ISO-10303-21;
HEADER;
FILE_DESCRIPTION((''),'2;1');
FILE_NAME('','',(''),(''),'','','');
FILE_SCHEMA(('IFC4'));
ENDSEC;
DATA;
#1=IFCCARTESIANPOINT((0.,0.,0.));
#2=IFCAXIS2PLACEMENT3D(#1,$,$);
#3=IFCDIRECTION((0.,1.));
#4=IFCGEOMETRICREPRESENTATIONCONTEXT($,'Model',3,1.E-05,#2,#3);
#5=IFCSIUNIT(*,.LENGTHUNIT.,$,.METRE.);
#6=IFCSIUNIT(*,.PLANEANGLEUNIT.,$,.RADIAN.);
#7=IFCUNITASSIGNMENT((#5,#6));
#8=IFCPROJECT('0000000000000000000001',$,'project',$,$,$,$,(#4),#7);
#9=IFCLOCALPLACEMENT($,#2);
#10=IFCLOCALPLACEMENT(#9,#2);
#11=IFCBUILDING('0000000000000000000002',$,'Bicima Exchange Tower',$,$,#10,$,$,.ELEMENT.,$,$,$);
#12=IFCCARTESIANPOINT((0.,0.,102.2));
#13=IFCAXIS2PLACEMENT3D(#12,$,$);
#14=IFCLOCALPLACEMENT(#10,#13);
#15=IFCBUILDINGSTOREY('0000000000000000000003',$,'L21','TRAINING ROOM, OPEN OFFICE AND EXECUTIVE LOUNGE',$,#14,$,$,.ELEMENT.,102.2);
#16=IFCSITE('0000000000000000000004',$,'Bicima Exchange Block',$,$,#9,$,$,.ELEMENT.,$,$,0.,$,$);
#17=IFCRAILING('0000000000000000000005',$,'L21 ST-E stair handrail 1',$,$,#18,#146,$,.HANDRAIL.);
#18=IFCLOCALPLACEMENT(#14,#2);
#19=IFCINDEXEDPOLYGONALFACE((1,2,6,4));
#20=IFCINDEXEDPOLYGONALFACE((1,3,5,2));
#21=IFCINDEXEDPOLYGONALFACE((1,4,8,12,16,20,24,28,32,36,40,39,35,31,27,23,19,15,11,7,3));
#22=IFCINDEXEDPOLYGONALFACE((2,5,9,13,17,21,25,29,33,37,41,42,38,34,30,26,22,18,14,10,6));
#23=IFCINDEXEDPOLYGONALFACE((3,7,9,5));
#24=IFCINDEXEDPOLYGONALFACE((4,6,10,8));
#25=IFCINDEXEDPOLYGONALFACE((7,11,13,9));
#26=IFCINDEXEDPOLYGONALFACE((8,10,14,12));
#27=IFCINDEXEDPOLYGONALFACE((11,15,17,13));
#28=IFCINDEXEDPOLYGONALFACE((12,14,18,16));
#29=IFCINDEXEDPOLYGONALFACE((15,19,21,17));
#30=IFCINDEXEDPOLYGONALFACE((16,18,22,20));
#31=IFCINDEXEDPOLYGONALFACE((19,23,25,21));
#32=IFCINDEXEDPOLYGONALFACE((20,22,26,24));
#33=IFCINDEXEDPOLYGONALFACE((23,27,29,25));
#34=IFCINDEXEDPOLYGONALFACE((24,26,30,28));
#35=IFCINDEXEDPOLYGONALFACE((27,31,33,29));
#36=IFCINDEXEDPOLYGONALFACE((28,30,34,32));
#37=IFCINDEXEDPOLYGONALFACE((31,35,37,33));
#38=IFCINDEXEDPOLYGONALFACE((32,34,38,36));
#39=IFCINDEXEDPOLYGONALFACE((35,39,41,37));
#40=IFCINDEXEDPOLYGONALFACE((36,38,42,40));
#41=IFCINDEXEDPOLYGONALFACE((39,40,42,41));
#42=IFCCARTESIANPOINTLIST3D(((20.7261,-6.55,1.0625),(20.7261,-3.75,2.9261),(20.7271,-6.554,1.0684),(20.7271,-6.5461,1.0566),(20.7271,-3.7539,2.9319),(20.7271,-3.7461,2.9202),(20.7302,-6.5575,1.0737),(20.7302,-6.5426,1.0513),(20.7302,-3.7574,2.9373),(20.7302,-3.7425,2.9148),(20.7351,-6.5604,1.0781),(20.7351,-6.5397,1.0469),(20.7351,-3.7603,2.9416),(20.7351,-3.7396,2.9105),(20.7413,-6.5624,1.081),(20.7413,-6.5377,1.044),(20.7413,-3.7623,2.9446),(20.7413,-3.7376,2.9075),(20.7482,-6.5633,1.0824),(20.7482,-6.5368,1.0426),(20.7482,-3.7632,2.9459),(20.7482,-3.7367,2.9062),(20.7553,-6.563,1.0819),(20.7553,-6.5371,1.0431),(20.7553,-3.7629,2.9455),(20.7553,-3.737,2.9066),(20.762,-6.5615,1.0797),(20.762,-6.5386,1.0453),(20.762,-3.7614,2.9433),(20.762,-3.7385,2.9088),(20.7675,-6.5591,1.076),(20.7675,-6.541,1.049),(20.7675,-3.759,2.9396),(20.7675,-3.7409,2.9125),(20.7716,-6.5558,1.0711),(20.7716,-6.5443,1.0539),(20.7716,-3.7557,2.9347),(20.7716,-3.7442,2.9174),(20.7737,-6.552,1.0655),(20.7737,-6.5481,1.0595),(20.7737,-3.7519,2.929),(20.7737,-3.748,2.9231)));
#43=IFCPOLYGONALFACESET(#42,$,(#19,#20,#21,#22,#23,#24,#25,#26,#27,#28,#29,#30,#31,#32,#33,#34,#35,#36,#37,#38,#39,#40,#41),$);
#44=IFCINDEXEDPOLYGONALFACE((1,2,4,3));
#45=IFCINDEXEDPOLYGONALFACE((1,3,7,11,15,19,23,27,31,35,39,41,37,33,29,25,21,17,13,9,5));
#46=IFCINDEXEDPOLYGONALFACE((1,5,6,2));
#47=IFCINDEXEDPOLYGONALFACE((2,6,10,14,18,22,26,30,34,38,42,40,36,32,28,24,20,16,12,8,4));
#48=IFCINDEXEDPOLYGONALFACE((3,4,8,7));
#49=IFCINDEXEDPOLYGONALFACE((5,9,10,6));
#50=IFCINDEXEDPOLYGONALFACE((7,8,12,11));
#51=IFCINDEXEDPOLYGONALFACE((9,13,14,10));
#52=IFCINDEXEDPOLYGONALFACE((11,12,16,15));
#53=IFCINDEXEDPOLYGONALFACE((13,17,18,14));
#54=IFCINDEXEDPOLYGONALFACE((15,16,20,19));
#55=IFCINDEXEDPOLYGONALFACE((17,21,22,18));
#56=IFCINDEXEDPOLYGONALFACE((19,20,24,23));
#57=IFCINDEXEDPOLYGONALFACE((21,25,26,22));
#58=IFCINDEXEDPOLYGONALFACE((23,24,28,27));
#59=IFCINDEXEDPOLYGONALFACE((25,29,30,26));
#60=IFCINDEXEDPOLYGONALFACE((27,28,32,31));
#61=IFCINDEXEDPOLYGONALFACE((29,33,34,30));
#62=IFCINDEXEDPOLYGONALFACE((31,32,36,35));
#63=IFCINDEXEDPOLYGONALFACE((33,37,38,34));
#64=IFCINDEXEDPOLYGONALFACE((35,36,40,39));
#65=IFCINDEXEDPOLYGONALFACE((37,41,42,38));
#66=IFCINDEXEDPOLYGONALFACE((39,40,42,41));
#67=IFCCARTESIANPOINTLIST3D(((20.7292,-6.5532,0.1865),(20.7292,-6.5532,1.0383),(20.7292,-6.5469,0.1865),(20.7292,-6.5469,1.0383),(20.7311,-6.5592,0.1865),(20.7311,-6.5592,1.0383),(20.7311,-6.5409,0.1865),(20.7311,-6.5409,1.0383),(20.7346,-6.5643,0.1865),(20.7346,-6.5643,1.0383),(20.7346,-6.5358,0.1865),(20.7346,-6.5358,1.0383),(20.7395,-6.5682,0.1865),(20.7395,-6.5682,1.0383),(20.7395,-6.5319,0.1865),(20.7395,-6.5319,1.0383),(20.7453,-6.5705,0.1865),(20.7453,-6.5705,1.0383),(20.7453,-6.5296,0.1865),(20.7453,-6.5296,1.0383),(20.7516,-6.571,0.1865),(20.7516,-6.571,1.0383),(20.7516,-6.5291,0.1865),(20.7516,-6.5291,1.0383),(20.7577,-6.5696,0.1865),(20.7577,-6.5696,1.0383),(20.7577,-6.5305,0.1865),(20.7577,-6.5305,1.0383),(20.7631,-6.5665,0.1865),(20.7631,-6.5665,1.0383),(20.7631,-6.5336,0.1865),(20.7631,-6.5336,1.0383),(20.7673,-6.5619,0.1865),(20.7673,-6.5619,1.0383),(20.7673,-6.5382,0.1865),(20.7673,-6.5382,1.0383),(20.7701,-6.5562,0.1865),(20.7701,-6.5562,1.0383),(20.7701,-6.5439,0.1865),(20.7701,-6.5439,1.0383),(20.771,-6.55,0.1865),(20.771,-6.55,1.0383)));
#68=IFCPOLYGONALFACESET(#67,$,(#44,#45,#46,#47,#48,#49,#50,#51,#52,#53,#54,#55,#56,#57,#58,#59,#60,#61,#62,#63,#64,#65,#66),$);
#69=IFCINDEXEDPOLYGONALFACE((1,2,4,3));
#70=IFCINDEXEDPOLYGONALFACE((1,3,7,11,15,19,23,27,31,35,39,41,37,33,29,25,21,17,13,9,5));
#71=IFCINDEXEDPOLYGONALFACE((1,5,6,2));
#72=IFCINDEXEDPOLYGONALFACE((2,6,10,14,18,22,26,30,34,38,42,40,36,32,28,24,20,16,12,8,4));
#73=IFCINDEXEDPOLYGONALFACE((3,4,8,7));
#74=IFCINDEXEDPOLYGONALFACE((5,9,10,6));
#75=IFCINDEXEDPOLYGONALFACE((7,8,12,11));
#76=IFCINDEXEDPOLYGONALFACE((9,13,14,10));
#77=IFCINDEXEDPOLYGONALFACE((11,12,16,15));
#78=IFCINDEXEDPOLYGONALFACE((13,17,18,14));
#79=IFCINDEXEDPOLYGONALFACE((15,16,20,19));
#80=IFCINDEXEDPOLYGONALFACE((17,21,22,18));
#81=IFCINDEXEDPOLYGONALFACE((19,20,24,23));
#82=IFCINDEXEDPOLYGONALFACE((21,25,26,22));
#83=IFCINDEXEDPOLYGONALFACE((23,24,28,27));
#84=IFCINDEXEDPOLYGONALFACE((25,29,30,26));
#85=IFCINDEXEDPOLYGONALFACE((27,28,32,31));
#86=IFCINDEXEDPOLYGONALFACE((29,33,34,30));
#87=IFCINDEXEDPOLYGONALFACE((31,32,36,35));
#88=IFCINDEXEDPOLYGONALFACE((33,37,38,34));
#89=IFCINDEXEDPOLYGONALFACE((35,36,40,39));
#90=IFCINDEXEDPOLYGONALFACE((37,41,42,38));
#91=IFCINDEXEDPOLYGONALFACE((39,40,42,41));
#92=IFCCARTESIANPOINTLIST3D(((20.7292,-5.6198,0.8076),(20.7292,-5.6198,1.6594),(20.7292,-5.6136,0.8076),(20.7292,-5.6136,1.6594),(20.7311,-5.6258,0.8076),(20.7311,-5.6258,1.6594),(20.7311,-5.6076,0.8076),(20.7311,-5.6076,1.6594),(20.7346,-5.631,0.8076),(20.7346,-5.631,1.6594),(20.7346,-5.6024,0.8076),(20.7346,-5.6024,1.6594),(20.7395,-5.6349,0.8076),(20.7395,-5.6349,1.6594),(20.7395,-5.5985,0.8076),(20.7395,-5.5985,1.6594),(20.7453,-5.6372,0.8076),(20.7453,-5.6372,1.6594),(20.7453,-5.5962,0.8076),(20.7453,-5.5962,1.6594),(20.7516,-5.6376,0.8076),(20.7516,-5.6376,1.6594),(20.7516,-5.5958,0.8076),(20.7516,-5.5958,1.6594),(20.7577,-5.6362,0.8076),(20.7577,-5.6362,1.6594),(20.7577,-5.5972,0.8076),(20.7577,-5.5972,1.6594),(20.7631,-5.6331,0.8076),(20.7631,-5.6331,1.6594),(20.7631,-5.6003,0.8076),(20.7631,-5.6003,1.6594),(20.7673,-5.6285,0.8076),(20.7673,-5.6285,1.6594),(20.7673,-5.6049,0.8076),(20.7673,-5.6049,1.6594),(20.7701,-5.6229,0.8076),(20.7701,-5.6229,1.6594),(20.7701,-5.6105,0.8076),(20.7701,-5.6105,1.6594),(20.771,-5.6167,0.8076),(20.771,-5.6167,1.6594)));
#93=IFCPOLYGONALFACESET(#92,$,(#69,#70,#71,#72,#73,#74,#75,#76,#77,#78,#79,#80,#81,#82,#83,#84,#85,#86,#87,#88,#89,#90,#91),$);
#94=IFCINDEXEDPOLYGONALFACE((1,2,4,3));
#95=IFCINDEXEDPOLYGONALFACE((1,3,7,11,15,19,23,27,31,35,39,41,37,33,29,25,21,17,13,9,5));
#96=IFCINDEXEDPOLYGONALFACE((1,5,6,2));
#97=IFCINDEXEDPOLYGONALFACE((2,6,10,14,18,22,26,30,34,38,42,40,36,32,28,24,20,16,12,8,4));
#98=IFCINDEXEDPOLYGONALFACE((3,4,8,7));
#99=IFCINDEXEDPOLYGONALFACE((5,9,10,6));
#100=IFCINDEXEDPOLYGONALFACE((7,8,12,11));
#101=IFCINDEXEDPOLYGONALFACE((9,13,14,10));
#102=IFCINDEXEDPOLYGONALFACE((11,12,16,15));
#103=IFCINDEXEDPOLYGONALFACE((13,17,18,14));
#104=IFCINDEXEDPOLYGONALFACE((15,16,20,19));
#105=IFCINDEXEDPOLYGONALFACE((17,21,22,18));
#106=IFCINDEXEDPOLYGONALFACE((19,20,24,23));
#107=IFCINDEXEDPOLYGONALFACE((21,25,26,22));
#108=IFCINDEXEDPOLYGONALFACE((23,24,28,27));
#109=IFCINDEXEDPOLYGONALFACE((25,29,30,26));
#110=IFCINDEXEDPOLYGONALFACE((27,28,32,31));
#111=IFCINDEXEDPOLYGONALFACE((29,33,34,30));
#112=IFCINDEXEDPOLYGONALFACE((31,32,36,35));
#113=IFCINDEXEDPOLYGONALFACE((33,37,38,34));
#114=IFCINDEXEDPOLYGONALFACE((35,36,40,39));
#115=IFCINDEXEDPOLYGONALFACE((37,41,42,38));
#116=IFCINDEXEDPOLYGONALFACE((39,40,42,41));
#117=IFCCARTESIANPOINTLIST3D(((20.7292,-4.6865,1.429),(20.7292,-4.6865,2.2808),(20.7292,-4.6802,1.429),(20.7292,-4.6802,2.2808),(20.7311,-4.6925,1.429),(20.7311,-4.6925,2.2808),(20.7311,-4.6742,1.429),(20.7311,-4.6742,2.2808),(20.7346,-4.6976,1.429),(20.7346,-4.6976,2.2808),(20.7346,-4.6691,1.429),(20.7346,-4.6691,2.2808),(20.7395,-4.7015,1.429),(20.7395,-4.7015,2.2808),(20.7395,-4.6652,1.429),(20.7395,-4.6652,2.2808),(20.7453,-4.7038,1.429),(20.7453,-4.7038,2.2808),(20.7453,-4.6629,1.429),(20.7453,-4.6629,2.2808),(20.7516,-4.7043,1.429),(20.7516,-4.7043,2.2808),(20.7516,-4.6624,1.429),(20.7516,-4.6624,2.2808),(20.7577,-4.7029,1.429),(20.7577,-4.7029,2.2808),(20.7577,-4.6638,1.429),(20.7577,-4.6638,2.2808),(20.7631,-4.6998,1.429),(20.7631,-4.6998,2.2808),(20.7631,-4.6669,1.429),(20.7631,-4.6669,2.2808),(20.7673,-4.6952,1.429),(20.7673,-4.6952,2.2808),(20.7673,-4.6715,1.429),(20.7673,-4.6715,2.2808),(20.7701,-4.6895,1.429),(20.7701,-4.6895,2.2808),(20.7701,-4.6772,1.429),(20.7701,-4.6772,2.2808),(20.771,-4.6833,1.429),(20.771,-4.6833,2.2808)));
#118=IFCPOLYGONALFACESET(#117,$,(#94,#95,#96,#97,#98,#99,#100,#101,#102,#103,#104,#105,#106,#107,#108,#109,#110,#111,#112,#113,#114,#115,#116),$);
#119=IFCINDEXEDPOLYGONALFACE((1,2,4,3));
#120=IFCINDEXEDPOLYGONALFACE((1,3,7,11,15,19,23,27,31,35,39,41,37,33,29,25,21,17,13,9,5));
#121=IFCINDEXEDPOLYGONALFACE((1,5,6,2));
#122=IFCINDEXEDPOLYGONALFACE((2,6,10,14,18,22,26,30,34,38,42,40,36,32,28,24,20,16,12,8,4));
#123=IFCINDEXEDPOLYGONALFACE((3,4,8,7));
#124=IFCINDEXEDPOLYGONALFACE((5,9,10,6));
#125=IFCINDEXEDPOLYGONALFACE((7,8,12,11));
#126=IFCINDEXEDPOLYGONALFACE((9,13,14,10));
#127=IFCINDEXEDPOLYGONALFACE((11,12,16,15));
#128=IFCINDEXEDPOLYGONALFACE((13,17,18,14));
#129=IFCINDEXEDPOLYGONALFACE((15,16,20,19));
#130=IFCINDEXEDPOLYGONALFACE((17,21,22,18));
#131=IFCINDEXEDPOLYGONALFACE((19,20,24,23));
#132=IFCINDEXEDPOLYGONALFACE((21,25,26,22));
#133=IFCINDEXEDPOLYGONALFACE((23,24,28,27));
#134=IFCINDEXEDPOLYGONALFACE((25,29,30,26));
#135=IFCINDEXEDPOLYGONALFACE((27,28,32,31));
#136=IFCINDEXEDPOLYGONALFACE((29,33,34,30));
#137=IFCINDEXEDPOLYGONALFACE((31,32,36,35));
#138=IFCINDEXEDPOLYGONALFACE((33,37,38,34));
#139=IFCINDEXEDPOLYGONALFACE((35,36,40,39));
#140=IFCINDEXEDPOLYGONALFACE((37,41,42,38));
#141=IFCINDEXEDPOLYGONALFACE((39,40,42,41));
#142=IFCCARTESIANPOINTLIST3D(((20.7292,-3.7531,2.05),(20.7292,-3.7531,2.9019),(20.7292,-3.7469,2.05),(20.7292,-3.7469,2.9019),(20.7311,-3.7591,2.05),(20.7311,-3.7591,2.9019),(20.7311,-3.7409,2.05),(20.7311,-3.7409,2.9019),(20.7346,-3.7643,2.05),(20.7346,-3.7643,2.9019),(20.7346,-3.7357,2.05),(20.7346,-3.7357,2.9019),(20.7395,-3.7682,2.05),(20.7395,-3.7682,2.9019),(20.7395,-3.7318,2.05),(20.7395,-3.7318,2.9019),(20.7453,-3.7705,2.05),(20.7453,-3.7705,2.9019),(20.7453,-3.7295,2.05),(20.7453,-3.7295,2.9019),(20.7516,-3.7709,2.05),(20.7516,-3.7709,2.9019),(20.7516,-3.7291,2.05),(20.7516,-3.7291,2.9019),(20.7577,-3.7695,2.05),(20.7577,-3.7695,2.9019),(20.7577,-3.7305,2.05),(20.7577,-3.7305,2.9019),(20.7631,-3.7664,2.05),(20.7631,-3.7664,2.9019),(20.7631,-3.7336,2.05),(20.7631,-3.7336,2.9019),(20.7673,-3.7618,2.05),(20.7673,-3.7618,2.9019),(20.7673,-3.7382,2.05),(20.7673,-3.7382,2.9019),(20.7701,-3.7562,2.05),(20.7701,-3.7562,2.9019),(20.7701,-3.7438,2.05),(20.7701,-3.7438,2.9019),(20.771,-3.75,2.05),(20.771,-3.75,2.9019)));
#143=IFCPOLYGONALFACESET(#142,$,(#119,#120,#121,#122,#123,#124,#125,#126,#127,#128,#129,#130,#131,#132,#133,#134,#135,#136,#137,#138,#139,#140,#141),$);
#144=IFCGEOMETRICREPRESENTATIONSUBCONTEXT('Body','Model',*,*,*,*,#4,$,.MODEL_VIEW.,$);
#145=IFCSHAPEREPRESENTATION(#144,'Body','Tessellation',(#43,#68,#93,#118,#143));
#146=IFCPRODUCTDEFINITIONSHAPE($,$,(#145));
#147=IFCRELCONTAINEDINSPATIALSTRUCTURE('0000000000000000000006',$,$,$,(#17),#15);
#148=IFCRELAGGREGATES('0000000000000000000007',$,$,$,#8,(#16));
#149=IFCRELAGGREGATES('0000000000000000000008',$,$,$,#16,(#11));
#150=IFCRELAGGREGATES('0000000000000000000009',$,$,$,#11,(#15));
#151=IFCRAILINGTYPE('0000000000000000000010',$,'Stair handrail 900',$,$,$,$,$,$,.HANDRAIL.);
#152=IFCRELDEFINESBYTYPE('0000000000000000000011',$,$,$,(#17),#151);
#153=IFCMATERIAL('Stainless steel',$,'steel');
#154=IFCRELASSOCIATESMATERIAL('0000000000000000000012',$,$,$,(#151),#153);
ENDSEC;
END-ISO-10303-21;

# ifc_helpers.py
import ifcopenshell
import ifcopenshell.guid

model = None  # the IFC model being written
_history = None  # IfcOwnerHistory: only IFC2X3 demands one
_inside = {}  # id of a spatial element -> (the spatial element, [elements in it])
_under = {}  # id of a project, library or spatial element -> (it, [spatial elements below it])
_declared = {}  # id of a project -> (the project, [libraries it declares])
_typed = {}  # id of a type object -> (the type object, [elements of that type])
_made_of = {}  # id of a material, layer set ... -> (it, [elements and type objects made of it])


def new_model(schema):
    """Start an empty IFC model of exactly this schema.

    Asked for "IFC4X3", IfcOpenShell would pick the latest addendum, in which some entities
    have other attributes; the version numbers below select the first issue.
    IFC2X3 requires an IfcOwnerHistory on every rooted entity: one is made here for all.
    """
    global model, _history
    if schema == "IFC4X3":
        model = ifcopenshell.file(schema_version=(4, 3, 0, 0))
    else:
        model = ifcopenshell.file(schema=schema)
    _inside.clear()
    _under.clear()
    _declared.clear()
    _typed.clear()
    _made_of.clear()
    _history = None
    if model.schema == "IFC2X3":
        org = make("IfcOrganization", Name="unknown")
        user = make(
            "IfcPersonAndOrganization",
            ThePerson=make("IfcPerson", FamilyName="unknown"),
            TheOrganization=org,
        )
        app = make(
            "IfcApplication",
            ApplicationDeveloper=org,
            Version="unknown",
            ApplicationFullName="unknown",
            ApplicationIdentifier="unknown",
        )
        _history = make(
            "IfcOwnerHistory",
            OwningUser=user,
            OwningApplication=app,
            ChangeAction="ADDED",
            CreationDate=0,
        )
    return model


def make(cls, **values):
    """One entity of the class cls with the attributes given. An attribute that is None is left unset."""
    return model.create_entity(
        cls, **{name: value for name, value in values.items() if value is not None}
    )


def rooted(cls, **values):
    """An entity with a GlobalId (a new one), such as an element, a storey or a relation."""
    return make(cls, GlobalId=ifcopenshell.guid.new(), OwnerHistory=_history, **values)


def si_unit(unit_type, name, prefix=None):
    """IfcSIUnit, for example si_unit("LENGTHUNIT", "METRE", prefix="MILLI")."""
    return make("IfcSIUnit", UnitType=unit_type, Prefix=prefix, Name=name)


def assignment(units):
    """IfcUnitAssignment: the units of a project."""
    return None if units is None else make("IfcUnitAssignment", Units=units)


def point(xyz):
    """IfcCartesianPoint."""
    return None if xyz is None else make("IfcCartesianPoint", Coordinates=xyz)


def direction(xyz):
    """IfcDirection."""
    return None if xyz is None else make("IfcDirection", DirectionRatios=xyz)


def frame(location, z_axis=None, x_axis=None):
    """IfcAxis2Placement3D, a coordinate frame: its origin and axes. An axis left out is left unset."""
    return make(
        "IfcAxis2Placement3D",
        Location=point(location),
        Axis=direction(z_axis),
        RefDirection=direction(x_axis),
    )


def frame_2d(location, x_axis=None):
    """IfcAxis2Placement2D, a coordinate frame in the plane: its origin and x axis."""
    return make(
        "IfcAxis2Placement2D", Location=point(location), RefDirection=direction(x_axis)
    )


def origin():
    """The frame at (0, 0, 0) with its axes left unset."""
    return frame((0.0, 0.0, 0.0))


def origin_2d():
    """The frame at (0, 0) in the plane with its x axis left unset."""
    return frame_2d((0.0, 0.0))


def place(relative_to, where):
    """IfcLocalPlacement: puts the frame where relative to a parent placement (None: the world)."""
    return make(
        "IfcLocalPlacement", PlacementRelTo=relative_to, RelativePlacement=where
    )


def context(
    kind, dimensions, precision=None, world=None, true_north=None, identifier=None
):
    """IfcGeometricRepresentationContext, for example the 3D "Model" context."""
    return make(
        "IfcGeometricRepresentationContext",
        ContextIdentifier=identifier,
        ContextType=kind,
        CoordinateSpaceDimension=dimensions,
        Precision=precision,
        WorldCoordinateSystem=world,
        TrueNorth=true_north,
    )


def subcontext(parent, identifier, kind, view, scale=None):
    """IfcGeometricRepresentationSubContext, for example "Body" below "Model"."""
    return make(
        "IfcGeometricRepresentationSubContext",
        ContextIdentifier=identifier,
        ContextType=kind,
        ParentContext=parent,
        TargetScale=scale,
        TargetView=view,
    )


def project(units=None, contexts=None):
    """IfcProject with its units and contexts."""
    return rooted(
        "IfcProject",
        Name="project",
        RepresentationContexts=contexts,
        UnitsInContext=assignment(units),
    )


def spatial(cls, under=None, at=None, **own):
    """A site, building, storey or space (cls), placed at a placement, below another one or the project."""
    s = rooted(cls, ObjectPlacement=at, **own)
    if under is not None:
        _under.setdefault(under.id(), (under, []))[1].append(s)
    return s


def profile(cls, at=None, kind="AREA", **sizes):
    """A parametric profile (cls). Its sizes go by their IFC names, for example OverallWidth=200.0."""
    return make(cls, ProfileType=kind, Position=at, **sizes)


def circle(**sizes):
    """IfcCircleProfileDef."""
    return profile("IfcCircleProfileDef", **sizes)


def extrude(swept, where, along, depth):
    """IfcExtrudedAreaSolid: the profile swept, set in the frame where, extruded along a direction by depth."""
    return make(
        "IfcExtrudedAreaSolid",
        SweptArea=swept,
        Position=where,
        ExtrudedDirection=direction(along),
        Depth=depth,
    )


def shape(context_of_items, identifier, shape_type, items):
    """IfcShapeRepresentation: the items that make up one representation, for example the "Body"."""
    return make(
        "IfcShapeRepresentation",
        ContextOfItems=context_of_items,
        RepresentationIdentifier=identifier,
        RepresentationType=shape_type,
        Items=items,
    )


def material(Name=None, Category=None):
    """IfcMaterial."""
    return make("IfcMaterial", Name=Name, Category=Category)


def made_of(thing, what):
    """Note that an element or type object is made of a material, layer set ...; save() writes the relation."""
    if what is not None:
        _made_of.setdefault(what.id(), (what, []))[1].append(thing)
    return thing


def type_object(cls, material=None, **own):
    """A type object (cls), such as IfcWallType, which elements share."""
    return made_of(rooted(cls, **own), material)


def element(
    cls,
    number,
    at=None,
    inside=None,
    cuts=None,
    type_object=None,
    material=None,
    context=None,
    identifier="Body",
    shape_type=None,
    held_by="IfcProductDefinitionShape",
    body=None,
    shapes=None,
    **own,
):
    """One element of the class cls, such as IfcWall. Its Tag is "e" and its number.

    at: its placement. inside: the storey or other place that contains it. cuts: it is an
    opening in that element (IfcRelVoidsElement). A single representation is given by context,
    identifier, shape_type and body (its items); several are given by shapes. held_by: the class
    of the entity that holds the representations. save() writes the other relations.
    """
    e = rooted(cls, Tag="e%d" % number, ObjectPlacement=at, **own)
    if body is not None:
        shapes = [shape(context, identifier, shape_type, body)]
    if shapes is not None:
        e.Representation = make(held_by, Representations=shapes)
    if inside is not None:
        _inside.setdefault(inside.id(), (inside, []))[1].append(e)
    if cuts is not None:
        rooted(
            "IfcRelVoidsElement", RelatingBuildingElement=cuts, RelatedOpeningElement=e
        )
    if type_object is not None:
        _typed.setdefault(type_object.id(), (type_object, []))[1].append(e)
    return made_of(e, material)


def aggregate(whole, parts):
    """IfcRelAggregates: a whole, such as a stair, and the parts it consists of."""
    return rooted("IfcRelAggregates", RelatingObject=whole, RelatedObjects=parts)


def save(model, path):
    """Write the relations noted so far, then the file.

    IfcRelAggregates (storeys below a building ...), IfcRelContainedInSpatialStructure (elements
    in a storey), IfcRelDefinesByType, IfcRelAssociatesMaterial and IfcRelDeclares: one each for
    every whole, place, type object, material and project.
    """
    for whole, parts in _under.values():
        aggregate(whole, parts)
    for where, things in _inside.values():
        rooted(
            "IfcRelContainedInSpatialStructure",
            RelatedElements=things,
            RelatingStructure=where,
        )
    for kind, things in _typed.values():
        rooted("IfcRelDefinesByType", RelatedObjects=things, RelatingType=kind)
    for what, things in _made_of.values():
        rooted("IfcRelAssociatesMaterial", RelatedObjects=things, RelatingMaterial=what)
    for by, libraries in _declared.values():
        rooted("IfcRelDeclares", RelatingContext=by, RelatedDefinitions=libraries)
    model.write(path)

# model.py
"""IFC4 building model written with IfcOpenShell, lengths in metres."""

from ifc_helpers import new_model, si_unit, direction, frame, origin, origin_2d, place, context, subcontext, project, spatial, circle, extrude, material, type_object, element, save


model = new_model("IFC4")

# Units and contexts
model_context = context("Model", 3, precision=1e-05, world=origin(), true_north=direction((0.0, 1.0)))
body_context = subcontext(model_context, "Body", "Model", "MODEL_VIEW")
ifc_project = project(units=[si_unit("LENGTHUNIT", "METRE"), si_unit("PLANEANGLEUNIT", "RADIAN")], contexts=[model_context])

# Site, building, storey
site_placement = place(None, origin())
site = spatial("IfcSite", under=ifc_project, at=site_placement, Name="Bicima Exchange Block", CompositionType="ELEMENT", RefElevation=0.0)
building_placement = place(site_placement, origin())
building = spatial("IfcBuilding", under=site, at=building_placement, Name="Bicima Exchange Tower", CompositionType="ELEMENT")
storey_placement = place(building_placement, frame((0.0, 0.0, 102.2)))
storey = spatial("IfcBuildingStorey", under=building, at=storey_placement, Name="L21", Description="TRAINING ROOM, OPEN OFFICE AND EXECUTIVE LOUNGE", CompositionType="ELEMENT", Elevation=102.2)

# Railing
ifc_material_1 = material(Name="Stainless steel", Category="steel")
railing_type_1 = type_object("IfcRailingType", Name="Stair handrail 900", PredefinedType="HANDRAIL", material=ifc_material_1)
railing_1_placement = place(storey_placement, frame((20.75, -6.55, 0.1865)))
element("IfcRailing", 1, at=railing_1_placement, inside=storey, type_object=railing_type_1, Name="L21 ST-E stair handrail 1", PredefinedType="HANDRAIL", context=body_context, shape_type="SweptSolid", body=[
    extrude(circle(Radius=0.0239, at=origin_2d()), frame((0.0, 0.0, 0.876), z_axis=(0.0, 0.832486, 0.554047), x_axis=(-1.0, 0.0, 0.0)), (0.0, 0.0, 1.0), 3.3635),
    extrude(circle(Radius=0.021, at=origin_2d()), origin(), (0.0, 0.0, 1.0), 0.8518),
    extrude(circle(Radius=0.021, at=origin_2d()), frame((0.0, 0.9333, 0.6211)), (0.0, 0.0, 1.0), 0.8518),
    extrude(circle(Radius=0.021, at=origin_2d()), frame((0.0, 1.8667, 1.2424)), (0.0, 0.0, 1.0), 0.8518),
    extrude(circle(Radius=0.021, at=origin_2d()), frame((0.0, 2.8, 1.8635)), (0.0, 0.0, 1.0), 0.8518),
])

save(model, "model.ifc")
